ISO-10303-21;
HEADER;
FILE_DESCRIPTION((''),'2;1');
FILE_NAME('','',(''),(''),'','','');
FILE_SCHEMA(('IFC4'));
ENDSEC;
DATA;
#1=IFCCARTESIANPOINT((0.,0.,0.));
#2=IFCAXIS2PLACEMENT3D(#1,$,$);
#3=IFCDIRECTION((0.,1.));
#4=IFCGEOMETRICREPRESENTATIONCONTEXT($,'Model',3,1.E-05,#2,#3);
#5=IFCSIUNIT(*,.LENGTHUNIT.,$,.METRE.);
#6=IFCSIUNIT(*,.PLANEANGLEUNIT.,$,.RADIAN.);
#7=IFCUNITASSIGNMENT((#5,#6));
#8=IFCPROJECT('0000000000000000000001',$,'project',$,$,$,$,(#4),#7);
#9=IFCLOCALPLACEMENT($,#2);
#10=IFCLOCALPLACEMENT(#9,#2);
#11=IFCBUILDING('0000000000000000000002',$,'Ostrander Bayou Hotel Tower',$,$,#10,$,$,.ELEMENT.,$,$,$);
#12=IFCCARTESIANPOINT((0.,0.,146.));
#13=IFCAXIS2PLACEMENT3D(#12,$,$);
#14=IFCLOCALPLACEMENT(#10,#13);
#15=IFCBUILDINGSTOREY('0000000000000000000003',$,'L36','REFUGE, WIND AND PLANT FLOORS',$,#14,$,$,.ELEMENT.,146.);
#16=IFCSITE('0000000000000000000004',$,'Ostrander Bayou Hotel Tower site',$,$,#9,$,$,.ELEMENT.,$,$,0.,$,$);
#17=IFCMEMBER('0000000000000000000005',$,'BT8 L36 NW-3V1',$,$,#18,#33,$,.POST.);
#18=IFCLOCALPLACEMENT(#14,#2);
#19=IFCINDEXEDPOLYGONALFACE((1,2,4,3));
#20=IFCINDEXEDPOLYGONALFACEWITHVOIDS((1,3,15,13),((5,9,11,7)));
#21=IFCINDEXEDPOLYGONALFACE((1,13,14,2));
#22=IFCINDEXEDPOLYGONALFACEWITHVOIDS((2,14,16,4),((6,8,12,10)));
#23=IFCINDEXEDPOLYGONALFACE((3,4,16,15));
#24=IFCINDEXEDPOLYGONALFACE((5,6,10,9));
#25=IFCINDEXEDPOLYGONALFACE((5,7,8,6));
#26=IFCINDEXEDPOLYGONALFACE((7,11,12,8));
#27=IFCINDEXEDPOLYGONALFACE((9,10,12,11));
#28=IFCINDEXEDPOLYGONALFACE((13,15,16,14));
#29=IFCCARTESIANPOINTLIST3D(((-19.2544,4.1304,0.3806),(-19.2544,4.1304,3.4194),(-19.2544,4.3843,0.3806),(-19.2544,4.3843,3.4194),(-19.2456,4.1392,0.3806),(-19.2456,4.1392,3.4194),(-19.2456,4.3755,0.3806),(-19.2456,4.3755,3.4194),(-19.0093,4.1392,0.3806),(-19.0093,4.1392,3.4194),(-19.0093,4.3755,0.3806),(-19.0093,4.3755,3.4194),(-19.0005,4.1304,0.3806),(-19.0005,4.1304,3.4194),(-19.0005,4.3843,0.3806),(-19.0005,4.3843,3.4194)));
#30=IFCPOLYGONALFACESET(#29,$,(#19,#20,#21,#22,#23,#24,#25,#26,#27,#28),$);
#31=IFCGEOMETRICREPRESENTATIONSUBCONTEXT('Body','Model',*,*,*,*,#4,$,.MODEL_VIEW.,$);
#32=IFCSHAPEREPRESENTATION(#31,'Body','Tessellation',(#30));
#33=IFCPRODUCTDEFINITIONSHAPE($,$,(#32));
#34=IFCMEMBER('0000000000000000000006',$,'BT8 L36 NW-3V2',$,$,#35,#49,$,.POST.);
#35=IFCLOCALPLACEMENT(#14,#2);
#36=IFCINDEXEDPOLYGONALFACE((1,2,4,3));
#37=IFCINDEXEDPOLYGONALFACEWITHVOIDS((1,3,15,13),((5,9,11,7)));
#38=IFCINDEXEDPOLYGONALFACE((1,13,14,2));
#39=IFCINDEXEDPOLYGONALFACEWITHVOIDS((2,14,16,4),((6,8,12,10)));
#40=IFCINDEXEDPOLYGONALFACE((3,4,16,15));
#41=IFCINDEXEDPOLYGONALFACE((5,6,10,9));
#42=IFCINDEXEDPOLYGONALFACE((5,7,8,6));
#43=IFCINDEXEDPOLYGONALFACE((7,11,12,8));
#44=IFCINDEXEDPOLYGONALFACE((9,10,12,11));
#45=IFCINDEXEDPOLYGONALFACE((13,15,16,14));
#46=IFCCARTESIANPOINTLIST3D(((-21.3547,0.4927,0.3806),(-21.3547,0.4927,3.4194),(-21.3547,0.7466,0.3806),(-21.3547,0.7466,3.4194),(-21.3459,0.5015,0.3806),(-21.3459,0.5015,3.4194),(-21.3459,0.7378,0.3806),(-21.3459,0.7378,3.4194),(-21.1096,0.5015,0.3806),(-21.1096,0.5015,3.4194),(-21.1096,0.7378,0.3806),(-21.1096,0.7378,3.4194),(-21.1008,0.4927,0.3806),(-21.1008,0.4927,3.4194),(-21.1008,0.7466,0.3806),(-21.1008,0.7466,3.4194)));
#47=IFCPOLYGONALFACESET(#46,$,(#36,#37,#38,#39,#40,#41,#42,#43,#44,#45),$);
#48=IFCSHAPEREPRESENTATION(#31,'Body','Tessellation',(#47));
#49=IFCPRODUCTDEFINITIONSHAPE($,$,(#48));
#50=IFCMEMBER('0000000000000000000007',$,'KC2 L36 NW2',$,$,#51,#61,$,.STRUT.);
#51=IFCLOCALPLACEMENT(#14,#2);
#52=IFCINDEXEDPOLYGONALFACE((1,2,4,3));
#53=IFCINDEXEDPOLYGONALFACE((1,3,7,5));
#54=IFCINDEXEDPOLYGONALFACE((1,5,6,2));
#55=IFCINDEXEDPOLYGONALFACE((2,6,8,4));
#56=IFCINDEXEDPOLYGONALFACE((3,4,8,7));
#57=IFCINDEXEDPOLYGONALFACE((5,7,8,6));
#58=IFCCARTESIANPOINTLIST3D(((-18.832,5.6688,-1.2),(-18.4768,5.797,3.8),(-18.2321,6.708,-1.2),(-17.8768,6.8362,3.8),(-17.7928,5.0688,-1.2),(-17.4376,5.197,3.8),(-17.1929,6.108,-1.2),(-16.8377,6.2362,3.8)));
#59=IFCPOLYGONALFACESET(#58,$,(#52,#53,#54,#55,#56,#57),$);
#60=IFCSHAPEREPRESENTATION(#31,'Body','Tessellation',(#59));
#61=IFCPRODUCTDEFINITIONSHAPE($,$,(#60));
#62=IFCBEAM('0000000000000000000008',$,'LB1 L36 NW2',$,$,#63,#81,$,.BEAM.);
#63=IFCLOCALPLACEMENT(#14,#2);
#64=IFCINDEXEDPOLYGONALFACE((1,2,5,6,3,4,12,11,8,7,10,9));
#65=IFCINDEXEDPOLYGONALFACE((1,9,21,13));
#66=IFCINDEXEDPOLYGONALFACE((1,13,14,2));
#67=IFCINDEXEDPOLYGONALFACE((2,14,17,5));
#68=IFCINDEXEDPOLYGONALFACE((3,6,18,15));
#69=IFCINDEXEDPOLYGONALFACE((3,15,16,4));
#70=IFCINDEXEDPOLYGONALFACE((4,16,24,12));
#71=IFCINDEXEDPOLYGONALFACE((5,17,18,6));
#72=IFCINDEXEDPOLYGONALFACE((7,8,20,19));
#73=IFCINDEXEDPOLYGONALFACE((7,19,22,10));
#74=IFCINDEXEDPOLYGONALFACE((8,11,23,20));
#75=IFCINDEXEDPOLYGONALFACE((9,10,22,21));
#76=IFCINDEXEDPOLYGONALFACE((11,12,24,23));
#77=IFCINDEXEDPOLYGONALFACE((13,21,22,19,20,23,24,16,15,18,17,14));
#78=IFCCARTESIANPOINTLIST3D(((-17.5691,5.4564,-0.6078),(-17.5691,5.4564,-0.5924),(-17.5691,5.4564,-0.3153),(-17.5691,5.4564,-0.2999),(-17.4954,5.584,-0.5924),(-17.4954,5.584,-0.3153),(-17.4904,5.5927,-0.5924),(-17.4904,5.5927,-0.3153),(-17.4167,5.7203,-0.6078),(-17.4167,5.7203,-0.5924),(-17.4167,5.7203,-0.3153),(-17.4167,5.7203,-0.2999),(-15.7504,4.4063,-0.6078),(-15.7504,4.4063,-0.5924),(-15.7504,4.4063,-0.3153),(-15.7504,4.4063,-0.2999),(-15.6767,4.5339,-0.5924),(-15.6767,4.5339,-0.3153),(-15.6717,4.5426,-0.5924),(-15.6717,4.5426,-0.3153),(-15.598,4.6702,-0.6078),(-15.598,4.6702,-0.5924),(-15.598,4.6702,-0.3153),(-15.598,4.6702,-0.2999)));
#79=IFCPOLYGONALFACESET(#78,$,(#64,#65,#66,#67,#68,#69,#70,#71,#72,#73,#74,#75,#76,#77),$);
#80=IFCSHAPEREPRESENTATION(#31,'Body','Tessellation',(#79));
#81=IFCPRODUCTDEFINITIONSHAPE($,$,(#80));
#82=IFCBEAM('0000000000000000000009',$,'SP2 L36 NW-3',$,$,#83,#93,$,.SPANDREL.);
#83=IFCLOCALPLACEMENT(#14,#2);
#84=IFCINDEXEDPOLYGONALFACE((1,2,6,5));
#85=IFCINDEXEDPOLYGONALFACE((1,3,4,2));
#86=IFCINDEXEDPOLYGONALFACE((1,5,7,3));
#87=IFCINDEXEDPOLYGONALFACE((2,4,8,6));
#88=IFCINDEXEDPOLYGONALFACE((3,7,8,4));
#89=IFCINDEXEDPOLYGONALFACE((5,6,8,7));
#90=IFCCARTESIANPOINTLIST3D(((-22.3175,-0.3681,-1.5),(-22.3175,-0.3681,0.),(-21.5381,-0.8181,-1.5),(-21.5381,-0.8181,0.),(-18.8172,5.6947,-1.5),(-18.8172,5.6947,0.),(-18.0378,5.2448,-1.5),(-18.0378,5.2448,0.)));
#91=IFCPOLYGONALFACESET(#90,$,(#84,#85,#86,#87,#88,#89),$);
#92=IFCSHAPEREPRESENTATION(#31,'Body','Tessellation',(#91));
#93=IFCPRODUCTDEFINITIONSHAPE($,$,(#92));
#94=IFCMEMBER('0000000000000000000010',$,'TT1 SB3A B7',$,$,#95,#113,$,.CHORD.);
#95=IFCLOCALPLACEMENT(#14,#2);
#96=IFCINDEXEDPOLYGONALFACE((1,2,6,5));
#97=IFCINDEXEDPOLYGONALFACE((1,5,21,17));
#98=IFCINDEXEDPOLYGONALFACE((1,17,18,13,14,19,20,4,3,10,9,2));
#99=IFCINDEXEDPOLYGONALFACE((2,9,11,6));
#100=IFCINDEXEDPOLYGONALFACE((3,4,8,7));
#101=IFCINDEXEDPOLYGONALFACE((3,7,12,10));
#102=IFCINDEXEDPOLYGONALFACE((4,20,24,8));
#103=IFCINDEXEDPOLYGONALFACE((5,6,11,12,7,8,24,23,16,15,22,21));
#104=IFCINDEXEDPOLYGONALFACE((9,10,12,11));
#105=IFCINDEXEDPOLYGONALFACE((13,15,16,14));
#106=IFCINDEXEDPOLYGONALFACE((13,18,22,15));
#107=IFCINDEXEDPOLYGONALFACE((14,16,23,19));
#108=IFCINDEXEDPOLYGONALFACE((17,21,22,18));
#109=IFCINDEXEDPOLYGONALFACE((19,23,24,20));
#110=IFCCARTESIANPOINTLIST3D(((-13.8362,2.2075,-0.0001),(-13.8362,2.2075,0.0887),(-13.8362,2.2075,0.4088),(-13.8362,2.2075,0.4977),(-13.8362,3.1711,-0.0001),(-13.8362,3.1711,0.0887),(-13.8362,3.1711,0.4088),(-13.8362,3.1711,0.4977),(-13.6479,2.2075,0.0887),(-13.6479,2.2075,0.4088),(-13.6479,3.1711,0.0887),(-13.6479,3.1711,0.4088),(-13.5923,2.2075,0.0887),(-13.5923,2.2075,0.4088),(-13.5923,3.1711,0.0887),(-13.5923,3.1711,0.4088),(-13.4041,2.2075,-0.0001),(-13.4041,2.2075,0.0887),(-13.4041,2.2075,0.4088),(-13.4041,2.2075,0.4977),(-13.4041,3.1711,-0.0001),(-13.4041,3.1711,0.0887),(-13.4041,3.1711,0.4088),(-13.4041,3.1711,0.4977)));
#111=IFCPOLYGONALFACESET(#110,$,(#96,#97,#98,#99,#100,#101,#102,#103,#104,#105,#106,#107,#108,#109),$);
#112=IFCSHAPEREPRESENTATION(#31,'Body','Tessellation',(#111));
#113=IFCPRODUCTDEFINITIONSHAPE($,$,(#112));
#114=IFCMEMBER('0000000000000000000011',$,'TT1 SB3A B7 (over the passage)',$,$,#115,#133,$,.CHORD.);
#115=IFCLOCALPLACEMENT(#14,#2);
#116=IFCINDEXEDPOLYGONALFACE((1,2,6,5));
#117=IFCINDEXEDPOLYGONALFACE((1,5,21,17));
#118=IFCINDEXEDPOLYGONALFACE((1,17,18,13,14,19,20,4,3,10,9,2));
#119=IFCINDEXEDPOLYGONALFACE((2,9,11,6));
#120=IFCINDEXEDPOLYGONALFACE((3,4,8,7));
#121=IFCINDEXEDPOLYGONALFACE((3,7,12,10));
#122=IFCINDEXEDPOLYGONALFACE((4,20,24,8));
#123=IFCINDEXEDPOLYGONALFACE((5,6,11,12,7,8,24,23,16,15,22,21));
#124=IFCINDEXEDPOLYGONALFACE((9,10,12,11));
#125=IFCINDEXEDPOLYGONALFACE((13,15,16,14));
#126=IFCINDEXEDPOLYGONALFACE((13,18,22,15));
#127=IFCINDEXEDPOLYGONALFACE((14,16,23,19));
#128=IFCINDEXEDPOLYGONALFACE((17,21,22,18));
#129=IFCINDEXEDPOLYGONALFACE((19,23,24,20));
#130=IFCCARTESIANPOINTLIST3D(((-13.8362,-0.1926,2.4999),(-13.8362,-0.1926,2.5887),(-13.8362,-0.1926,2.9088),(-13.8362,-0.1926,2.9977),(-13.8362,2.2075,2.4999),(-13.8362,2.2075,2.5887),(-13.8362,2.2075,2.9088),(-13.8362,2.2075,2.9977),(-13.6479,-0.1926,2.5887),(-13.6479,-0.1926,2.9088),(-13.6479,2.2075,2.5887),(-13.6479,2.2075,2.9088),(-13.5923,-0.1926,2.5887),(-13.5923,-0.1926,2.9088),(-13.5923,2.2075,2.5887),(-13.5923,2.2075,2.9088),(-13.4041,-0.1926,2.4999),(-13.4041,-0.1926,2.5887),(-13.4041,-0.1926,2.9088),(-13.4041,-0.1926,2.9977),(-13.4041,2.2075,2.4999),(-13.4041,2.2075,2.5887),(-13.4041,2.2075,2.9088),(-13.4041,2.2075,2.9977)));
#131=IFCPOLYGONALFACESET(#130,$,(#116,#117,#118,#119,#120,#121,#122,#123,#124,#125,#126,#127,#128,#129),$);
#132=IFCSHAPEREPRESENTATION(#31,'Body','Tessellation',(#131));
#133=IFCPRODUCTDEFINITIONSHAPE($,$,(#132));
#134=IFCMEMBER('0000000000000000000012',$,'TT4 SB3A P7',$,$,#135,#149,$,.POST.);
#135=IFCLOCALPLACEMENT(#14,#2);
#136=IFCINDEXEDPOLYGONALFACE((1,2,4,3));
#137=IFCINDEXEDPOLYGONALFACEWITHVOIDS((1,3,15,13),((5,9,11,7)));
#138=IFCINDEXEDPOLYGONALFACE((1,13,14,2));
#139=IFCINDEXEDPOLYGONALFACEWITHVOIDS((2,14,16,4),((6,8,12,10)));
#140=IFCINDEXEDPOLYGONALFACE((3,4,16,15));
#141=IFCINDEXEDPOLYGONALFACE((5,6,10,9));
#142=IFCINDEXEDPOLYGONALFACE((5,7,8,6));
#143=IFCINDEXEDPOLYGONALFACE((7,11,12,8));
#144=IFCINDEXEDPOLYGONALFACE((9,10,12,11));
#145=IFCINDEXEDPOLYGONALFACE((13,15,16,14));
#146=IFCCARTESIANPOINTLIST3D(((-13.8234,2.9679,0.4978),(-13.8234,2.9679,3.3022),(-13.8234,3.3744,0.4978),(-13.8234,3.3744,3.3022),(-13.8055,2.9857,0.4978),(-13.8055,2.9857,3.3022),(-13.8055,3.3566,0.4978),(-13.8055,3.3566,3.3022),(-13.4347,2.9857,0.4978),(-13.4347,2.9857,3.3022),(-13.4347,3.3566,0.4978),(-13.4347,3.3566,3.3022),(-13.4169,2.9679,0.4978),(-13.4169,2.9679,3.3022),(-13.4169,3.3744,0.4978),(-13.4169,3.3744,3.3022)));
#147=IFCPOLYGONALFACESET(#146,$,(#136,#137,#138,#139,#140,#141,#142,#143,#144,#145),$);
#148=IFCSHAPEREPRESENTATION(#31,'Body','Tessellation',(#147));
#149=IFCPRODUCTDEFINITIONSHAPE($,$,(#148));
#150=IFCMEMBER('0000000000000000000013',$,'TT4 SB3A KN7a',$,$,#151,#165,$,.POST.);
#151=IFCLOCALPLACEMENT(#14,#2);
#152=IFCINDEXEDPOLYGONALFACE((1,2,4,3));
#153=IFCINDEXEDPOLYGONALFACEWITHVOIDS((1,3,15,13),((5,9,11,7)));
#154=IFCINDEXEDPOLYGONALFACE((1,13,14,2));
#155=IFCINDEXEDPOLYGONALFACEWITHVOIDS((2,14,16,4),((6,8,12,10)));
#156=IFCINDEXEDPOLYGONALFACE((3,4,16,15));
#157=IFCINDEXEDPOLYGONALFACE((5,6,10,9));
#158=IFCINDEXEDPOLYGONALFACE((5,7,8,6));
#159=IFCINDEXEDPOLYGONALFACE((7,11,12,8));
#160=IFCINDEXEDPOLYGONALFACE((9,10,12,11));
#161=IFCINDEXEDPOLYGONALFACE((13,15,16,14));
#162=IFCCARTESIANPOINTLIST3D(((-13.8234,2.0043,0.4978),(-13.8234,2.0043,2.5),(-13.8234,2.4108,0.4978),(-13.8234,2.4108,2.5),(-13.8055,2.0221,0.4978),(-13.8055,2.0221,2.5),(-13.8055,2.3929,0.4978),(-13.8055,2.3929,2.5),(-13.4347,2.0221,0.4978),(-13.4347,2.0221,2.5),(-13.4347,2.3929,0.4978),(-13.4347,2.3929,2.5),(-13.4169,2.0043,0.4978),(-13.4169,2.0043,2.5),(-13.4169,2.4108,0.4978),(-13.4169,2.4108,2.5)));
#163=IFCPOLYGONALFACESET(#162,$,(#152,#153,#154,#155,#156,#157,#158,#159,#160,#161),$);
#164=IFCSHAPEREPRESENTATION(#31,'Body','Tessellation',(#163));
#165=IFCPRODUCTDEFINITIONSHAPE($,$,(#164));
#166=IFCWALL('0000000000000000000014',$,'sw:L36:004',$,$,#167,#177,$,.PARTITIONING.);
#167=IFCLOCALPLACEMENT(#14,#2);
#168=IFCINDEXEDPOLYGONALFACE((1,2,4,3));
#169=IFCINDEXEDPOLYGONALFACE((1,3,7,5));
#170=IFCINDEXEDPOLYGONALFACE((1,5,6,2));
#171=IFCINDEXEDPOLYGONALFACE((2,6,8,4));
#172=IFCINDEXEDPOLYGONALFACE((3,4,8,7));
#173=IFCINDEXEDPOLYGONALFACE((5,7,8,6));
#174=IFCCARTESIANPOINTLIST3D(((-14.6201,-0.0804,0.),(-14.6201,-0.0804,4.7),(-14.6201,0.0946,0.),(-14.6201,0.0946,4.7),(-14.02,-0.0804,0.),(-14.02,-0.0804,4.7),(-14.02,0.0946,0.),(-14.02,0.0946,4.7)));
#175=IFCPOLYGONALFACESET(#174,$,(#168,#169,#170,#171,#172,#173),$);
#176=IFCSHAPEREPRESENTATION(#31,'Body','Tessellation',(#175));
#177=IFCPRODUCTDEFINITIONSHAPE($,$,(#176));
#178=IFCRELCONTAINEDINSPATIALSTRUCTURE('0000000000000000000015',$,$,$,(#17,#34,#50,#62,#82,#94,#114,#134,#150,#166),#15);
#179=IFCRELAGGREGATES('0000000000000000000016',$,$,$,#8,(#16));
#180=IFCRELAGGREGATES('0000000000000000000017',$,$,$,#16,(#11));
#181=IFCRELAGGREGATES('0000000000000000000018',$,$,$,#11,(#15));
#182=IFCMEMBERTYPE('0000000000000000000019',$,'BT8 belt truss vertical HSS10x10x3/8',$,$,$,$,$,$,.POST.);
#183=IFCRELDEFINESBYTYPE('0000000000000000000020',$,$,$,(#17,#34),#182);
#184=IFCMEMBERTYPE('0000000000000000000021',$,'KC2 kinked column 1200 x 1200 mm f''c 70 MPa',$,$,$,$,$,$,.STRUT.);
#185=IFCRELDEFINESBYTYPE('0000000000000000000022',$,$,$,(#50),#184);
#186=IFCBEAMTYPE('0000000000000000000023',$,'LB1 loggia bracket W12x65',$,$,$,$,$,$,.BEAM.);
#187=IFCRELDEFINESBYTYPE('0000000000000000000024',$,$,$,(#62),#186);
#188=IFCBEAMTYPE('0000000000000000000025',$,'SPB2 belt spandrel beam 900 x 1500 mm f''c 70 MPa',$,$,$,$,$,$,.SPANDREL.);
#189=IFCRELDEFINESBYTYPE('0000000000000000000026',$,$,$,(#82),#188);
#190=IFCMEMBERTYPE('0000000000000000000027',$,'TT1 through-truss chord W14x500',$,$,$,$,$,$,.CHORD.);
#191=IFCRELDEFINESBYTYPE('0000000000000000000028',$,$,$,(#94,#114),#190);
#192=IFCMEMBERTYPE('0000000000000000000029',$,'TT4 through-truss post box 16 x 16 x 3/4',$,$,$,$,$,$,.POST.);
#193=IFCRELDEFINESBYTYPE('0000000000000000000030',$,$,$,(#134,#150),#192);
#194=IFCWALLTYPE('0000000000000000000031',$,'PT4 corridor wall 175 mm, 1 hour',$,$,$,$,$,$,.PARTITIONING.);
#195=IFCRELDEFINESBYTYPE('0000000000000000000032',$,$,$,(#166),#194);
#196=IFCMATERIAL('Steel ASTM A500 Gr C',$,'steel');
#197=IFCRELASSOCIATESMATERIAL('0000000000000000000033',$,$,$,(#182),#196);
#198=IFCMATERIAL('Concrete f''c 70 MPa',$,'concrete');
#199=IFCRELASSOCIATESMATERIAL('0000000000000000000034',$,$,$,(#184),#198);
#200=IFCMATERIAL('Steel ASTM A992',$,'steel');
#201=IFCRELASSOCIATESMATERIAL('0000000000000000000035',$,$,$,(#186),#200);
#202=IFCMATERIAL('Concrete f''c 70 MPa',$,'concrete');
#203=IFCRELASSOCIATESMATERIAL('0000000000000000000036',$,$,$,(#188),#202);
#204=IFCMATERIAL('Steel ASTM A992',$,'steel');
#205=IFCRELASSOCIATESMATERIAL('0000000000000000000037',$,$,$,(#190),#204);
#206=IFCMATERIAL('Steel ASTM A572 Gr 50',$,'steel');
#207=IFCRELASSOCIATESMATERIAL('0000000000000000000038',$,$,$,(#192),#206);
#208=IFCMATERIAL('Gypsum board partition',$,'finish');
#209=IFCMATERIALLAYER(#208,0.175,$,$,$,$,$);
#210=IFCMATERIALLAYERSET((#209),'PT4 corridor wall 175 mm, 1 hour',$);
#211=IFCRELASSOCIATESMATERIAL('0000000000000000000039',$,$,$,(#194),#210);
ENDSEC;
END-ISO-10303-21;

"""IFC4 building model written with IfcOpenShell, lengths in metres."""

from ifc_helpers import new_model, si_unit, direction, frame, frame_2d, origin, origin_2d, place, context, subcontext, project, spatial, rectangle, hollow_rectangle, i_section, extrude, material, layer, layer_set, material_profile, profile_set, type_object, element, save


model = new_model("IFC4")

# Units and contexts
model_context = context("Model", 3, precision=1e-05, world=origin(), true_north=direction((0.0, 1.0)))
body_context = subcontext(model_context, "Body", "Model", "MODEL_VIEW")
ifc_project = project(units=[si_unit("LENGTHUNIT", "METRE"), si_unit("PLANEANGLEUNIT", "RADIAN")], contexts=[model_context])

# Site, building, storey
site_placement = place(None, origin())
site = spatial("IfcSite", under=ifc_project, at=site_placement, Name="Ostrander Bayou Hotel Tower site", CompositionType="ELEMENT", RefElevation=0.0)
building_placement = place(site_placement, origin())
building = spatial("IfcBuilding", under=site, at=building_placement, Name="Ostrander Bayou Hotel Tower", CompositionType="ELEMENT")
storey_placement = place(building_placement, frame((0.0, 0.0, 146.0)))
storey = spatial("IfcBuildingStorey", under=building, at=storey_placement, Name="L36", Description="REFUGE, WIND AND PLANT FLOORS", CompositionType="ELEMENT", Elevation=146.0)

# Members
ifc_material_1 = material(Name="Steel ASTM A500 Gr C", Category="steel")
ifc_material_profile_1 = material_profile(ifc_material_1, hollow_rectangle(XDim=0.2539, YDim=0.2539, WallThickness=0.0088, at=origin_2d()))
ifc_profile_set_1 = profile_set([ifc_material_profile_1], Name="Steel ASTM A500 Gr C")
member_type_1 = type_object("IfcMemberType", Name="BT8 belt truss vertical HSS10x10x3/8", PredefinedType="POST", material=ifc_profile_set_1)
for number, where, z_axis, x_axis, name in (
    (1, (-19.1274, 4.2573, 0.3806), (0.0, 0.0, 1.0), (1.0, 0.0, 0.0), "BT8 L36 NW-3V1"),
    (2, (-21.2278, 0.6196, 0.3806), (0.0, 0.0, 1.0), (1.0, 0.0, 0.0), "BT8 L36 NW-3V2"),
):
    element("IfcMember", number, at=place(storey_placement, frame(where, z_axis=z_axis, x_axis=x_axis)), inside=storey, type_object=member_type_1, Name=name, PredefinedType="POST", context=body_context, shape_type="SweptSolid", body=[
        extrude(hollow_rectangle(XDim=0.2539, YDim=0.2539, WallThickness=0.0088, at=origin_2d()), origin(), (0.0, 0.0, 1.0), 3.0388),
    ])
ifc_material_2 = material(Name="Concrete f'c 70 MPa", Category="concrete")
ifc_material_profile_2 = material_profile(ifc_material_2, rectangle(XDim=1.2, YDim=1.2, at=origin_2d()))
ifc_profile_set_2 = profile_set([ifc_material_profile_2], Name="Concrete f'c 70 MPa")
member_type_2 = type_object("IfcMemberType", Name="KC2 kinked column 1200 x 1200 mm f'c 70 MPa", PredefinedType="STRUT", material=ifc_profile_set_2)
member_1_placement = place(storey_placement, frame((-18.0125, 5.8884, -1.2), z_axis=(0.0, 0.0, 1.0), x_axis=(0.5, 0.866025, 0.0)))
element("IfcMember", 3, at=member_1_placement, inside=storey, type_object=member_type_2, Name="KC2 L36 NW2", PredefinedType="STRUT", context=body_context, shape_type="SweptSolid", body=[
    extrude(rectangle(XDim=1.2, YDim=1.2, at=origin_2d()), origin(), (0.057559, -0.048571, 0.99716), 5.0142),
])

# Beams
ifc_material_3 = material(Name="Steel ASTM A992", Category="steel")
ifc_material_profile_3 = material_profile(ifc_material_3, i_section(OverallWidth=0.3047, OverallDepth=0.3079, WebThickness=0.01, FlangeThickness=0.0154, at=origin_2d()))
ifc_profile_set_3 = profile_set([ifc_material_profile_3], Name="Steel ASTM A992")
beam_type_1 = type_object("IfcBeamType", Name="LB1 loggia bracket W12x65", PredefinedType="BEAM", material=ifc_profile_set_3)
beam_1_placement = place(storey_placement, frame((-17.4929, 5.5884, -0.4539), z_axis=(0.866009, -0.500028, 0.0), x_axis=(0.500028, 0.866009, 0.0)))
element("IfcBeam", 4, at=beam_1_placement, inside=storey, type_object=beam_type_1, Name="LB1 L36 NW2", PredefinedType="BEAM", context=body_context, shape_type="SweptSolid", body=[
    extrude(i_section(OverallWidth=0.3047, OverallDepth=0.3079, WebThickness=0.01, FlangeThickness=0.0154, at=origin_2d()), origin(), (0.0, 0.0, 1.0), 2.1001),
])
ifc_material_4 = material(Name="Concrete f'c 70 MPa", Category="concrete")
ifc_material_profile_4 = material_profile(ifc_material_4, rectangle(XDim=0.8999, YDim=1.5, at=origin_2d()))
ifc_profile_set_4 = profile_set([ifc_material_profile_4], Name="Concrete f'c 70 MPa")
beam_type_2 = type_object("IfcBeamType", Name="SPB2 belt spandrel beam 900 x 1500 mm f'c 70 MPa", PredefinedType="SPANDREL", material=ifc_profile_set_4)
beam_2_placement = place(storey_placement, frame((-18.4275, 5.4697, -0.75), z_axis=(-0.499991, -0.866031, 0.0), x_axis=(0.866031, -0.499991, 0.0)))
element("IfcBeam", 5, at=beam_2_placement, inside=storey, type_object=beam_type_2, Name="SP2 L36 NW-3", PredefinedType="SPANDREL", context=body_context, shape_type="SweptSolid", body=[
    extrude(rectangle(XDim=0.8999, YDim=1.5, at=origin_2d()), origin(), (0.0, 0.0, 1.0), 7.0007),
])

# Members
ifc_material_5 = material(Name="Steel ASTM A992", Category="steel")
ifc_material_profile_5 = material_profile(ifc_material_5, i_section(OverallWidth=0.4321, OverallDepth=0.4978, WebThickness=0.0557, FlangeThickness=0.0889, at=origin_2d()))
ifc_profile_set_5 = profile_set([ifc_material_profile_5], Name="Steel ASTM A992")
member_type_3 = type_object("IfcMemberType", Name="TT1 through-truss chord W14x500", PredefinedType="CHORD", material=ifc_profile_set_5)
member_2_placement = place(storey_placement, frame((-13.6201, 3.1711, 0.2488), z_axis=(0.0, -1.0, 0.0), x_axis=(1.0, 0.0, 0.0)))
element("IfcMember", 6, at=member_2_placement, inside=storey, type_object=member_type_3, Name="TT1 SB3A B7", PredefinedType="CHORD", context=body_context, shape_type="SweptSolid", body=[
    extrude(i_section(OverallWidth=0.4321, OverallDepth=0.4978, WebThickness=0.0557, FlangeThickness=0.0889, at=origin_2d()), origin(), (0.0, 0.0, 1.0), 0.9636),
])
member_3_placement = place(storey_placement, frame((-13.6201, 2.2075, 2.7488), z_axis=(0.0, -1.0, 0.0), x_axis=(1.0, 0.0, 0.0)))
element("IfcMember", 7, at=member_3_placement, inside=storey, type_object=member_type_3, Name="TT1 SB3A B7 (over the passage)", PredefinedType="CHORD", context=body_context, shape_type="SweptSolid", body=[
    extrude(i_section(OverallWidth=0.4321, OverallDepth=0.4978, WebThickness=0.0557, FlangeThickness=0.0889, at=origin_2d()), origin(), (0.0, 0.0, 1.0), 2.4001),
])
ifc_material_6 = material(Name="Steel ASTM A572 Gr 50", Category="steel")
ifc_material_profile_6 = material_profile(ifc_material_6, hollow_rectangle(XDim=0.4065, YDim=0.4065, WallThickness=0.0178, at=origin_2d()))
ifc_profile_set_6 = profile_set([ifc_material_profile_6], Name="Steel ASTM A572 Gr 50")
member_type_4 = type_object("IfcMemberType", Name="TT4 through-truss post box 16 x 16 x 3/4", PredefinedType="POST", material=ifc_profile_set_6)
member_4_placement = place(storey_placement, frame((-13.6201, 3.1711, 0.4978), z_axis=(0.0, 0.0, 1.0), x_axis=(1.0, 0.0, 0.0)))
element("IfcMember", 8, at=member_4_placement, inside=storey, type_object=member_type_4, Name="TT4 SB3A P7", PredefinedType="POST", context=body_context, shape_type="SweptSolid", body=[
    extrude(hollow_rectangle(XDim=0.4065, YDim=0.4065, WallThickness=0.0178, at=origin_2d()), origin(), (0.0, 0.0, 1.0), 2.8044),
])
member_5_placement = place(storey_placement, frame((-13.6201, 2.2075, 0.4978), z_axis=(0.0, 0.0, 1.0), x_axis=(1.0, 0.0, 0.0)))
element("IfcMember", 9, at=member_5_placement, inside=storey, type_object=member_type_4, Name="TT4 SB3A KN7a", PredefinedType="POST", context=body_context, shape_type="SweptSolid", body=[
    extrude(hollow_rectangle(XDim=0.4065, YDim=0.4065, WallThickness=0.0178, at=origin_2d()), origin(), (0.0, 0.0, 1.0), 2.0022),
])

# Wall
ifc_material_7 = material(Name="Gypsum board partition", Category="finish")
ifc_layer_1 = layer(ifc_material_7, 0.175)
ifc_layer_set_1 = layer_set([ifc_layer_1], Name="PT4 corridor wall 175 mm, 1 hour")
wall_type = type_object("IfcWallType", Name="PT4 corridor wall 175 mm, 1 hour", PredefinedType="PARTITIONING", material=ifc_layer_set_1)
for number, where, z_axis, x_axis, name in (
    (10, (-14.6201, 0.0071, 0.0), (0.0, 0.0, 1.0), (1.0, 0.0, 0.0), "sw:L36:004"),
):
    element("IfcWall", number, at=place(storey_placement, frame(where, z_axis=z_axis, x_axis=x_axis)), inside=storey, type_object=wall_type, Name=name, PredefinedType="PARTITIONING", context=body_context, shape_type="SweptSolid", body=[
        extrude(rectangle(XDim=0.6001, YDim=0.175, at=frame_2d((0.3, 0.0))), origin(), (0.0, 0.0, 1.0), 4.7),
    ])

save(model, "model.ifc")
